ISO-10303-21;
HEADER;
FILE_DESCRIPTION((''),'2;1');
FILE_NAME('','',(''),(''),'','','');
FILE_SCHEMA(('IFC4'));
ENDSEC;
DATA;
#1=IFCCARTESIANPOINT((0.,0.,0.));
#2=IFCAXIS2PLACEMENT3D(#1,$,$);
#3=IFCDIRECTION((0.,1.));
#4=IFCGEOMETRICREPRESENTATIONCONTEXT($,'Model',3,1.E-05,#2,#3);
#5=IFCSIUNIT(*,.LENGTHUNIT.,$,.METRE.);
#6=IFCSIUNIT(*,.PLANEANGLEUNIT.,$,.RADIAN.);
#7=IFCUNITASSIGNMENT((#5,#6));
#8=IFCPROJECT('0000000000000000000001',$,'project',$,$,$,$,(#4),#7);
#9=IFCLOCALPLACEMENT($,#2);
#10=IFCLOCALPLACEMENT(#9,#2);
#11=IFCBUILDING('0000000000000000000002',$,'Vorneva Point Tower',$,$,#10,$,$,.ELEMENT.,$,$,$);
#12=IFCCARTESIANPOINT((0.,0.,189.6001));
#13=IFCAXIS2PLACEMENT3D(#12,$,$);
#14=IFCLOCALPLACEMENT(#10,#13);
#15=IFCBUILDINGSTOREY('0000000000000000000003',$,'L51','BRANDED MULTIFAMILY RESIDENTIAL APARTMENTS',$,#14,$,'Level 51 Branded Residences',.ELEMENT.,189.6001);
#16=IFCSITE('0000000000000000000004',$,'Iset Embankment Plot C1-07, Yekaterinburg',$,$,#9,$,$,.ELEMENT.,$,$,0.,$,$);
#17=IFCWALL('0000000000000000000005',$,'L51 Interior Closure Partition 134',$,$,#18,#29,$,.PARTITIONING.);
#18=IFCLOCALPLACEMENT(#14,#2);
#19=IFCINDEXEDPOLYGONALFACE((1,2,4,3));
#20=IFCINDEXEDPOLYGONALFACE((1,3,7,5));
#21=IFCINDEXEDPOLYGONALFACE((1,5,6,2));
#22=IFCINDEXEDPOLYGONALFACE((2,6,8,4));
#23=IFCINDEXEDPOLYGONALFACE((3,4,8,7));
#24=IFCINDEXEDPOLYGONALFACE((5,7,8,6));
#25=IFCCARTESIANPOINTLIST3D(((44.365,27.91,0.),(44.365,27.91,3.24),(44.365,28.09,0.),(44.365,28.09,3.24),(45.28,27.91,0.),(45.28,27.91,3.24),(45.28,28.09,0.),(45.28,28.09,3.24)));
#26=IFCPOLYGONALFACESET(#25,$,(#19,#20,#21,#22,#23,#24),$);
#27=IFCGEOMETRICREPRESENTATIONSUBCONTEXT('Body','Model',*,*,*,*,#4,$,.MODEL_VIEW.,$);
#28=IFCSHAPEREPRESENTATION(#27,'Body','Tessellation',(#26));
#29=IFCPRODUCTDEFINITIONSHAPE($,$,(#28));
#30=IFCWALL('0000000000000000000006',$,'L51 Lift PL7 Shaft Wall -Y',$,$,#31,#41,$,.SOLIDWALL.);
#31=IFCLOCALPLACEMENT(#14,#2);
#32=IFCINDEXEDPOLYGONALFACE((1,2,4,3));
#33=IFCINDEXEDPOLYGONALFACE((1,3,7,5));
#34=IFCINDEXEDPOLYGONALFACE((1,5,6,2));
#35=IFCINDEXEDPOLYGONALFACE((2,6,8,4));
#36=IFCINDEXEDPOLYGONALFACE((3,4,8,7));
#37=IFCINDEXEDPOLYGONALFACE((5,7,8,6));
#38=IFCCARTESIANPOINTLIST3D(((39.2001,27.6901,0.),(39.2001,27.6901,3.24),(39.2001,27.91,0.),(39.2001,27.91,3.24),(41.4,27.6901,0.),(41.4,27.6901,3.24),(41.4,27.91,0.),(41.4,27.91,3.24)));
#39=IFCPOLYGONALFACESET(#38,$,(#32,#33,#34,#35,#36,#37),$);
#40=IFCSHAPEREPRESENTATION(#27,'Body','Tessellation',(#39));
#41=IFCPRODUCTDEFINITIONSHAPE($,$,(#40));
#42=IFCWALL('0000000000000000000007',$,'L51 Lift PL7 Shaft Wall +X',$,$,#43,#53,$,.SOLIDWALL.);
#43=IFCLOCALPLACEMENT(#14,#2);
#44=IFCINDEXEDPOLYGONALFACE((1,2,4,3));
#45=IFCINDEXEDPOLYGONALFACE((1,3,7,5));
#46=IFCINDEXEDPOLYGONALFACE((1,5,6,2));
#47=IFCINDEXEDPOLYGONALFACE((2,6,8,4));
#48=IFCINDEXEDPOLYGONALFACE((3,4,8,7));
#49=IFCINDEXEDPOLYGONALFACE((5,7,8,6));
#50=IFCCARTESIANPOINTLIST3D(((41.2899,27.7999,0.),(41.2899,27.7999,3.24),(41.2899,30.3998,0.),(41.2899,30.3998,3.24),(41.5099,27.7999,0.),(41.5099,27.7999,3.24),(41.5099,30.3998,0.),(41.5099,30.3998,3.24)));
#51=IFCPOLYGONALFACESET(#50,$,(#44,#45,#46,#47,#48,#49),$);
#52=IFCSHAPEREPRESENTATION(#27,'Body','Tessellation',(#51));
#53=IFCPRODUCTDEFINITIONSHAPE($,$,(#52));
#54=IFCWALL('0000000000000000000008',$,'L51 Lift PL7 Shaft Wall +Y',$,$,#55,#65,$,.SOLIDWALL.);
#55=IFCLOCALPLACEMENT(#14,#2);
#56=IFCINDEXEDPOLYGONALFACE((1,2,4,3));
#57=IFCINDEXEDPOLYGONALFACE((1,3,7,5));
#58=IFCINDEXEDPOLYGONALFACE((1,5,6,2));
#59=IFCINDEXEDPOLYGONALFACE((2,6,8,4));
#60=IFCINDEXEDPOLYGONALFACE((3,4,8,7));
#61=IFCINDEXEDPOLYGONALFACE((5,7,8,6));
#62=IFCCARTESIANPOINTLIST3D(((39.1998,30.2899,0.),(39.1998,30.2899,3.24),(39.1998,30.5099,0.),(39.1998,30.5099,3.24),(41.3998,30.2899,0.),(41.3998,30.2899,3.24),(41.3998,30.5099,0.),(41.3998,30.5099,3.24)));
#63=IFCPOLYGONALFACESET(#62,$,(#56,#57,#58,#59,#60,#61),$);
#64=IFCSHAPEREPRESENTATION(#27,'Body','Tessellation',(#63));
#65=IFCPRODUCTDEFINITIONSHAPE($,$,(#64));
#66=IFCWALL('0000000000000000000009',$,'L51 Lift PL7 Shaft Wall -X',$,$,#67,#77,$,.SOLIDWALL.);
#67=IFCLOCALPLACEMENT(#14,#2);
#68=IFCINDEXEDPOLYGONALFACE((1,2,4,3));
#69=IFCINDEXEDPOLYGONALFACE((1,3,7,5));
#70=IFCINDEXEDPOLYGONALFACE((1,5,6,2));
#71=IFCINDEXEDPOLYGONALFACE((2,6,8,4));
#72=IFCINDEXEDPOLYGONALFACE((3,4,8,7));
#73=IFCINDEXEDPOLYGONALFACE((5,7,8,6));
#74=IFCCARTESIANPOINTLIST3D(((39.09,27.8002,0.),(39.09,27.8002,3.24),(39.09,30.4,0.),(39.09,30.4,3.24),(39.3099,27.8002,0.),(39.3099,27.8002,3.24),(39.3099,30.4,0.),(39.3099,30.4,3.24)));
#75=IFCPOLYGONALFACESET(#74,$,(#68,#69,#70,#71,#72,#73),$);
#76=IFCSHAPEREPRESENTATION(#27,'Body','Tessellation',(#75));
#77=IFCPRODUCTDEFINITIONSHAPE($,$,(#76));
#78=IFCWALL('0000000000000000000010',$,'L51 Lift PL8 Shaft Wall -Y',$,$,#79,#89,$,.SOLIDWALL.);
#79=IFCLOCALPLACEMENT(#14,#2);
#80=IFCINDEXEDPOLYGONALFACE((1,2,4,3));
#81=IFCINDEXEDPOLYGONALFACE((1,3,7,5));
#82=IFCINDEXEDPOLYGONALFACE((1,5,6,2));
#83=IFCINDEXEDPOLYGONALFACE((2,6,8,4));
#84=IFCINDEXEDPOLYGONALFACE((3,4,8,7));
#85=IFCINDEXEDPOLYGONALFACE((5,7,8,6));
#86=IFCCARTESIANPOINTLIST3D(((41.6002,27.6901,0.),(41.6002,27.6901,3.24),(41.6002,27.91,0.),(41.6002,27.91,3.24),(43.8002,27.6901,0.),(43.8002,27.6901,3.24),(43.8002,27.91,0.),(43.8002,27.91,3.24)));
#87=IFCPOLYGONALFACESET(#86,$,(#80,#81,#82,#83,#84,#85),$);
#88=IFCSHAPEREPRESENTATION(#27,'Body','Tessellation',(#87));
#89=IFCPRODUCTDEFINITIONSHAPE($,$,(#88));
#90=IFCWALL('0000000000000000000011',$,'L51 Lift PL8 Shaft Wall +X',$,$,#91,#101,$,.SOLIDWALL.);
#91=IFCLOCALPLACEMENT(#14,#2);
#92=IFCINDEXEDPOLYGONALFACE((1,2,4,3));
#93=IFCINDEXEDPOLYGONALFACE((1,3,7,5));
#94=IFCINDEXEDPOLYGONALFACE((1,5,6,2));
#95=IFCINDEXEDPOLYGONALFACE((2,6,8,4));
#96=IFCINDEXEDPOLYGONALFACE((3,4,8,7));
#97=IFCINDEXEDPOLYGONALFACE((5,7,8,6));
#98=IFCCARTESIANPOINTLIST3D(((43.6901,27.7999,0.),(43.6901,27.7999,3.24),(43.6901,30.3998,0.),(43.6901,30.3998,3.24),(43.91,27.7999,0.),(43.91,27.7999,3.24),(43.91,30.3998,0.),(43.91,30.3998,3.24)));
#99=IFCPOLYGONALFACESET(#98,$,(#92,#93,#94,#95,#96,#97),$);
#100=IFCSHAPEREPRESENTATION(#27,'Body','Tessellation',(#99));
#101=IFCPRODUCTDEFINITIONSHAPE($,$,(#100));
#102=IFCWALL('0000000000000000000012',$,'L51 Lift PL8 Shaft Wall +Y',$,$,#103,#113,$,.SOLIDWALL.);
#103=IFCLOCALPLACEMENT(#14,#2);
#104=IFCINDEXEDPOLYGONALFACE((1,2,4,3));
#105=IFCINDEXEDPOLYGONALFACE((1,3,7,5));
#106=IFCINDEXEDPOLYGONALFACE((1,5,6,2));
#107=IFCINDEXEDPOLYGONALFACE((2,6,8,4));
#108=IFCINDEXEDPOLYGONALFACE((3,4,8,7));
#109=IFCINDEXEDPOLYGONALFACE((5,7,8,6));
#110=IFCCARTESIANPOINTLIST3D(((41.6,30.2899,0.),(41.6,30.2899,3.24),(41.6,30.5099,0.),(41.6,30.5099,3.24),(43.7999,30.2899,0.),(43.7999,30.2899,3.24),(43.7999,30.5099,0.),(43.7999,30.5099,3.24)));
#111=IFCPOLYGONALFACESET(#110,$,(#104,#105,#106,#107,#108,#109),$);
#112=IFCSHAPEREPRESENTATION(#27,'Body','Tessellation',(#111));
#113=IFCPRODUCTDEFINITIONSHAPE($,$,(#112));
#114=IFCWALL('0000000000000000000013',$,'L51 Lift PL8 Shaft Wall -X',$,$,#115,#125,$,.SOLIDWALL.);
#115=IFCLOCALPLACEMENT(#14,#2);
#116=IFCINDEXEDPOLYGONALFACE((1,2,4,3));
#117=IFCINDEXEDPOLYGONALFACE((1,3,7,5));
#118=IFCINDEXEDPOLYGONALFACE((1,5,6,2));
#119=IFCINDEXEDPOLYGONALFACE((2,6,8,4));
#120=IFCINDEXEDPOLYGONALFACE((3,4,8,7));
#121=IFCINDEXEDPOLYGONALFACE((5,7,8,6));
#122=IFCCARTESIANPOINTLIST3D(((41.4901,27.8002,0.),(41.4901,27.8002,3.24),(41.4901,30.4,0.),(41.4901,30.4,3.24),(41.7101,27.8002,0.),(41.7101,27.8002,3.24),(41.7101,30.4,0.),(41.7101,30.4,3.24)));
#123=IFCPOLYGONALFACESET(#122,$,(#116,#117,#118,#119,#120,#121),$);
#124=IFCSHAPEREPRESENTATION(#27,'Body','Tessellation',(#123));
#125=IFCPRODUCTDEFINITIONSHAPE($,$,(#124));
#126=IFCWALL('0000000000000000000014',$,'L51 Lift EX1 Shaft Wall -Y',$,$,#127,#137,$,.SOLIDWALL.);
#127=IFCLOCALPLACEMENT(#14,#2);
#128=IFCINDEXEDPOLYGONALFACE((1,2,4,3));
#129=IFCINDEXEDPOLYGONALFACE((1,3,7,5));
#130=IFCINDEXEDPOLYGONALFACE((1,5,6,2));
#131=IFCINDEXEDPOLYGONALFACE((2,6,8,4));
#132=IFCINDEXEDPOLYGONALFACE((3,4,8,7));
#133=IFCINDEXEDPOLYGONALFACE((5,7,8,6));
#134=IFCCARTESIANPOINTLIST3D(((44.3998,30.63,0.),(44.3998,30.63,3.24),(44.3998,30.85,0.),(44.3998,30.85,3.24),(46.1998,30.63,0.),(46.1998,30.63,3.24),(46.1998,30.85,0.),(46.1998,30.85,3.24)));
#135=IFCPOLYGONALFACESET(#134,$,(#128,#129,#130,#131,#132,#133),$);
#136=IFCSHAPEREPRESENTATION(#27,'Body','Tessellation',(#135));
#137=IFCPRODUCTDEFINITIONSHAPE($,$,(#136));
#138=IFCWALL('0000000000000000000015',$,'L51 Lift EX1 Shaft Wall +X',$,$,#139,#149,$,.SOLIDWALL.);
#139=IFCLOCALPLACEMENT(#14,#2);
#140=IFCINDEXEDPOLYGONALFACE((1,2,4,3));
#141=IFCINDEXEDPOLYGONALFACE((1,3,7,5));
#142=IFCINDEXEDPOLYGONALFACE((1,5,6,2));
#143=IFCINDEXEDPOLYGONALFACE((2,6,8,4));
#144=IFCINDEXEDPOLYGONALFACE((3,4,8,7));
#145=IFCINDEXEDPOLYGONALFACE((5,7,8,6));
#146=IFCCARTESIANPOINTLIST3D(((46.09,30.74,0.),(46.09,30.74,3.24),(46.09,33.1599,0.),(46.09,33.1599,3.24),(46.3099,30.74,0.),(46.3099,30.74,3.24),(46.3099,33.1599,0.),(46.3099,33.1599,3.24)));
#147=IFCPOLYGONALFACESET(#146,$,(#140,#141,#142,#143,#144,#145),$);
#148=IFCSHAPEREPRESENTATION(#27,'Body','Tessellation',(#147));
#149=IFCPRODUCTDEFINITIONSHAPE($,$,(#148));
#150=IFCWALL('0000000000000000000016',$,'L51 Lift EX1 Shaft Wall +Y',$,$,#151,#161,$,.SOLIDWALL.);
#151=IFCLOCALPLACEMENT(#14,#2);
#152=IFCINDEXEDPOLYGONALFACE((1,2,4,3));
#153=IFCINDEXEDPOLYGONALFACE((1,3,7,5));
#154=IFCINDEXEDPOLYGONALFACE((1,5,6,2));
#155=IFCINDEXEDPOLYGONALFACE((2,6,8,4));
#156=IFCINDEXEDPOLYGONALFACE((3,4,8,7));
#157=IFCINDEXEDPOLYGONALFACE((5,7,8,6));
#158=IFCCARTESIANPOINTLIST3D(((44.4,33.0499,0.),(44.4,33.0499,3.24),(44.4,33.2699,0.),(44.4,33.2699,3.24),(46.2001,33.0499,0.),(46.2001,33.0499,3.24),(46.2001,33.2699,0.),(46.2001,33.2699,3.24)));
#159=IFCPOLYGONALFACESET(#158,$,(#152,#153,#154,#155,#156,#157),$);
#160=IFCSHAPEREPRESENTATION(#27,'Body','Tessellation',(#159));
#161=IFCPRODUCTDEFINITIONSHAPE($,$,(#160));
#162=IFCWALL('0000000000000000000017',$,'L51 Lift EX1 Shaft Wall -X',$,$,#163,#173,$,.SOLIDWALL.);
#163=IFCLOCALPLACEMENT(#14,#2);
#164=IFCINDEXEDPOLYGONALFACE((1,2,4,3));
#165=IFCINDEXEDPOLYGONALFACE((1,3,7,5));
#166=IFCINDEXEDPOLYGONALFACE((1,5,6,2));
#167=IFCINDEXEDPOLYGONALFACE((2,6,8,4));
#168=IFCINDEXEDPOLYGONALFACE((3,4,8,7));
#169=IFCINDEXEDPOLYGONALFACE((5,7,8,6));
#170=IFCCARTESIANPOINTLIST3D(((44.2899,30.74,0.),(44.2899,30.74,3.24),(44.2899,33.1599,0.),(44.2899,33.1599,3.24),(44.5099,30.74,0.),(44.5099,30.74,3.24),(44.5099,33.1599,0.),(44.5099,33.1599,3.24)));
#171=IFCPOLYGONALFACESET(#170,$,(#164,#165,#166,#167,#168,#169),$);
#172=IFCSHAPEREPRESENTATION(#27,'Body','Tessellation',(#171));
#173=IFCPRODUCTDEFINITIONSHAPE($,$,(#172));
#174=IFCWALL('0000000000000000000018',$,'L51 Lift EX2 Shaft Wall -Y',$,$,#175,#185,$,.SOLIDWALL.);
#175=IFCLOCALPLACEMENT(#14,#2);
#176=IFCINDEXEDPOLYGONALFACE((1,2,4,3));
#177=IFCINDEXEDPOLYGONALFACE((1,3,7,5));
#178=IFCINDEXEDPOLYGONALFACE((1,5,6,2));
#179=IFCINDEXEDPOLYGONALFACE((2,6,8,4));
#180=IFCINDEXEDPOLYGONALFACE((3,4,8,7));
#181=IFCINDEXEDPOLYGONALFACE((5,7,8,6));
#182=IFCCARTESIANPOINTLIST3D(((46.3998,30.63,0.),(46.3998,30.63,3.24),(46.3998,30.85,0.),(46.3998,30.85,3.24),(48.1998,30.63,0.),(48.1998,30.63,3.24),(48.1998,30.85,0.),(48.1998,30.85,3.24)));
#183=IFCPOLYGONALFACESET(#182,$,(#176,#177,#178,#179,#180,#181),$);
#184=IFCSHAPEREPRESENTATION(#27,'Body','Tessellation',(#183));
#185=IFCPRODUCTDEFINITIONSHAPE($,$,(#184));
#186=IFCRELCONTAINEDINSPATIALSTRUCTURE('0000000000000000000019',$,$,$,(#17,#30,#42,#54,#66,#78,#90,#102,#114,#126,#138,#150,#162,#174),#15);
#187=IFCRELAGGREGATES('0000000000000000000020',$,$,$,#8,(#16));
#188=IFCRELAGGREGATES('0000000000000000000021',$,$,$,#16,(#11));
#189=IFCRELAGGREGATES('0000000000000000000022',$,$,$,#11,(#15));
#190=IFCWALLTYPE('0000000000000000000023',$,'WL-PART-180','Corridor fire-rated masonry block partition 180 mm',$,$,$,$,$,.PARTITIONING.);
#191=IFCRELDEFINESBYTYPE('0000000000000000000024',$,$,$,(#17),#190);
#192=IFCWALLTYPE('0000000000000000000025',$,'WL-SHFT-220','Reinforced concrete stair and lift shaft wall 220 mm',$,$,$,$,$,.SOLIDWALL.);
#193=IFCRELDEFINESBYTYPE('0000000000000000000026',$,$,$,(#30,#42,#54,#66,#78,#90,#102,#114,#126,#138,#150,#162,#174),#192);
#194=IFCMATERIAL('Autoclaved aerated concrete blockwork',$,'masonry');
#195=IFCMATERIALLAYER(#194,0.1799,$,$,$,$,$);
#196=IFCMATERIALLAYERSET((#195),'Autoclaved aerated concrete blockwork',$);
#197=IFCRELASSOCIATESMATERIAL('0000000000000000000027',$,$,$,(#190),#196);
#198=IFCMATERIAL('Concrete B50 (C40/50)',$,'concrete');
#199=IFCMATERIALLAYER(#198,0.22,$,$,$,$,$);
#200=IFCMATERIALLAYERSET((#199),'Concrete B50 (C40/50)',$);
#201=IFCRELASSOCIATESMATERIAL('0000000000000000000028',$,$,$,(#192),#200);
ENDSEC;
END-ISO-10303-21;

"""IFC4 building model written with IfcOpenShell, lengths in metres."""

from ifc_helpers import new_model, si_unit, direction, frame, frame_2d, origin, place, context, subcontext, project, spatial, rectangle, extrude, material, layer, layer_set, type_object, element, save


model = new_model("IFC4")

# Units and contexts
model_context = context("Model", 3, precision=1e-05, world=origin(), true_north=direction((0.0, 1.0)))
body_context = subcontext(model_context, "Body", "Model", "MODEL_VIEW")
ifc_project = project(units=[si_unit("LENGTHUNIT", "METRE"), si_unit("PLANEANGLEUNIT", "RADIAN")], contexts=[model_context])

# Site, building, storey
site_placement = place(None, origin())
site = spatial("IfcSite", under=ifc_project, at=site_placement, Name="Iset Embankment Plot C1-07, Yekaterinburg", CompositionType="ELEMENT", RefElevation=0.0)
building_placement = place(site_placement, origin())
building = spatial("IfcBuilding", under=site, at=building_placement, Name="Vorneva Point Tower", CompositionType="ELEMENT")
storey_placement = place(building_placement, frame((0.0, 0.0, 189.6001)))
storey = spatial("IfcBuildingStorey", under=building, at=storey_placement, Name="L51", Description="BRANDED MULTIFAMILY RESIDENTIAL APARTMENTS", LongName="Level 51 Branded Residences", CompositionType="ELEMENT", Elevation=189.6001)

# Shared definitions
ifc_material_1 = material(Name="Concrete B50 (C40/50)", Category="concrete")

# Shared definitions
ifc_material_2 = material(Name="Autoclaved aerated concrete blockwork", Category="masonry")
ifc_layer_1 = layer(ifc_material_2, 0.1799)
ifc_layer_set_1 = layer_set([ifc_layer_1], Name="Autoclaved aerated concrete blockwork")
wall_type_1 = type_object("IfcWallType", Name="WL-PART-180", Description="Corridor fire-rated masonry block partition 180 mm", PredefinedType="PARTITIONING", material=ifc_layer_set_1)

# Walls
wall_1_placement = place(storey_placement, frame((45.28, 28.0, 0.0), z_axis=(0.0, 0.0, 1.0), x_axis=(-1.0, 0.0, 0.0)))
element("IfcWall", 1, at=wall_1_placement, inside=storey, type_object=wall_type_1, Name="L51 Interior Closure Partition 134", PredefinedType="PARTITIONING", context=body_context, shape_type="SweptSolid", body=[
    extrude(rectangle(XDim=0.915, YDim=0.1799, at=frame_2d((0.4575, 0.0))), origin(), (0.0, 0.0, 1.0), 3.24),
])
ifc_layer_2 = layer(ifc_material_1, 0.22)
ifc_layer_set_2 = layer_set([ifc_layer_2], Name="Concrete B50 (C40/50)")
wall_type_2 = type_object("IfcWallType", Name="WL-SHFT-220", Description="Reinforced concrete stair and lift shaft wall 220 mm", PredefinedType="SOLIDWALL", material=ifc_layer_set_2)
wall_2_placement = place(storey_placement, frame((39.2, 27.8, 0.0), z_axis=(0.0, 0.0, 1.0), x_axis=(1.0, 0.0, 0.0)))
element("IfcWall", 2, at=wall_2_placement, inside=storey, type_object=wall_type_2, Name="L51 Lift PL7 Shaft Wall -Y", PredefinedType="SOLIDWALL", context=body_context, shape_type="SweptSolid", body=[
    extrude(rectangle(XDim=2.2, YDim=0.22, at=frame_2d((1.1001, 0.0))), origin(), (0.0, 0.0, 1.0), 3.24),
])
wall_3_placement = place(storey_placement, frame((41.3999, 27.8, 0.0), z_axis=(0.0, 0.0, 1.0), x_axis=(0.0, 1.0, 0.0)))
element("IfcWall", 3, at=wall_3_placement, inside=storey, type_object=wall_type_2, Name="L51 Lift PL7 Shaft Wall +X", PredefinedType="SOLIDWALL", context=body_context, shape_type="SweptSolid", body=[
    extrude(rectangle(XDim=2.5999, YDim=0.22, at=frame_2d((1.2998, 0.0))), origin(), (0.0, 0.0, 1.0), 3.24),
])
wall_4_placement = place(storey_placement, frame((41.3999, 30.3999, 0.0), z_axis=(0.0, 0.0, 1.0), x_axis=(-1.0, 0.0, 0.0)))
element("IfcWall", 4, at=wall_4_placement, inside=storey, type_object=wall_type_2, Name="L51 Lift PL7 Shaft Wall +Y", PredefinedType="SOLIDWALL", context=body_context, shape_type="SweptSolid", body=[
    extrude(rectangle(XDim=2.2, YDim=0.22, at=frame_2d((1.1001, 0.0))), origin(), (0.0, 0.0, 1.0), 3.24),
])
wall_5_placement = place(storey_placement, frame((39.2, 30.3999, 0.0), z_axis=(0.0, 0.0, 1.0), x_axis=(0.0, -1.0, 0.0)))
element("IfcWall", 5, at=wall_5_placement, inside=storey, type_object=wall_type_2, Name="L51 Lift PL7 Shaft Wall -X", PredefinedType="SOLIDWALL", context=body_context, shape_type="SweptSolid", body=[
    extrude(rectangle(XDim=2.5999, YDim=0.22, at=frame_2d((1.2998, 0.0))), origin(), (0.0, 0.0, 1.0), 3.24),
])
wall_6_placement = place(storey_placement, frame((41.6001, 27.8, 0.0), z_axis=(0.0, 0.0, 1.0), x_axis=(1.0, 0.0, 0.0)))
element("IfcWall", 6, at=wall_6_placement, inside=storey, type_object=wall_type_2, Name="L51 Lift PL8 Shaft Wall -Y", PredefinedType="SOLIDWALL", context=body_context, shape_type="SweptSolid", body=[
    extrude(rectangle(XDim=2.2, YDim=0.22, at=frame_2d((1.1001, 0.0))), origin(), (0.0, 0.0, 1.0), 3.24),
])
wall_7_placement = place(storey_placement, frame((43.8, 27.8, 0.0), z_axis=(0.0, 0.0, 1.0), x_axis=(0.0, 1.0, 0.0)))
element("IfcWall", 7, at=wall_7_placement, inside=storey, type_object=wall_type_2, Name="L51 Lift PL8 Shaft Wall +X", PredefinedType="SOLIDWALL", context=body_context, shape_type="SweptSolid", body=[
    extrude(rectangle(XDim=2.5999, YDim=0.22, at=frame_2d((1.2998, 0.0))), origin(), (0.0, 0.0, 1.0), 3.24),
])
wall_8_placement = place(storey_placement, frame((43.8, 30.3999, 0.0), z_axis=(0.0, 0.0, 1.0), x_axis=(-1.0, 0.0, 0.0)))
element("IfcWall", 8, at=wall_8_placement, inside=storey, type_object=wall_type_2, Name="L51 Lift PL8 Shaft Wall +Y", PredefinedType="SOLIDWALL", context=body_context, shape_type="SweptSolid", body=[
    extrude(rectangle(XDim=2.2, YDim=0.22, at=frame_2d((1.1001, 0.0))), origin(), (0.0, 0.0, 1.0), 3.24),
])
wall_9_placement = place(storey_placement, frame((41.6001, 30.3999, 0.0), z_axis=(0.0, 0.0, 1.0), x_axis=(0.0, -1.0, 0.0)))
element("IfcWall", 9, at=wall_9_placement, inside=storey, type_object=wall_type_2, Name="L51 Lift PL8 Shaft Wall -X", PredefinedType="SOLIDWALL", context=body_context, shape_type="SweptSolid", body=[
    extrude(rectangle(XDim=2.5999, YDim=0.22, at=frame_2d((1.2998, 0.0))), origin(), (0.0, 0.0, 1.0), 3.24),
])
wall_10_placement = place(storey_placement, frame((44.3999, 30.74, 0.0), z_axis=(0.0, 0.0, 1.0), x_axis=(1.0, 0.0, 0.0)))
element("IfcWall", 10, at=wall_10_placement, inside=storey, type_object=wall_type_2, Name="L51 Lift EX1 Shaft Wall -Y", PredefinedType="SOLIDWALL", context=body_context, shape_type="SweptSolid", body=[
    extrude(rectangle(XDim=1.8, YDim=0.22, at=frame_2d((0.8999, 0.0))), origin(), (0.0, 0.0, 1.0), 3.24),
])
wall_11_placement = place(storey_placement, frame((46.2, 30.74, 0.0), z_axis=(0.0, 0.0, 1.0), x_axis=(0.0, 1.0, 0.0)))
element("IfcWall", 11, at=wall_11_placement, inside=storey, type_object=wall_type_2, Name="L51 Lift EX1 Shaft Wall +X", PredefinedType="SOLIDWALL", context=body_context, shape_type="SweptSolid", body=[
    extrude(rectangle(XDim=2.4199, YDim=0.22, at=frame_2d((1.21, 0.0))), origin(), (0.0, 0.0, 1.0), 3.24),
])
wall_12_placement = place(storey_placement, frame((46.2, 33.1599, 0.0), z_axis=(0.0, 0.0, 1.0), x_axis=(-1.0, 0.0, 0.0)))
element("IfcWall", 12, at=wall_12_placement, inside=storey, type_object=wall_type_2, Name="L51 Lift EX1 Shaft Wall +Y", PredefinedType="SOLIDWALL", context=body_context, shape_type="SweptSolid", body=[
    extrude(rectangle(XDim=1.8, YDim=0.22, at=frame_2d((0.8999, 0.0))), origin(), (0.0, 0.0, 1.0), 3.24),
])
wall_13_placement = place(storey_placement, frame((44.3999, 33.1599, 0.0), z_axis=(0.0, 0.0, 1.0), x_axis=(0.0, -1.0, 0.0)))
element("IfcWall", 13, at=wall_13_placement, inside=storey, type_object=wall_type_2, Name="L51 Lift EX1 Shaft Wall -X", PredefinedType="SOLIDWALL", context=body_context, shape_type="SweptSolid", body=[
    extrude(rectangle(XDim=2.4199, YDim=0.22, at=frame_2d((1.21, 0.0))), origin(), (0.0, 0.0, 1.0), 3.24),
])
wall_14_placement = place(storey_placement, frame((46.3999, 30.74, 0.0), z_axis=(0.0, 0.0, 1.0), x_axis=(1.0, 0.0, 0.0)))
element("IfcWall", 14, at=wall_14_placement, inside=storey, type_object=wall_type_2, Name="L51 Lift EX2 Shaft Wall -Y", PredefinedType="SOLIDWALL", context=body_context, shape_type="SweptSolid", body=[
    extrude(rectangle(XDim=1.8, YDim=0.22, at=frame_2d((0.8999, 0.0))), origin(), (0.0, 0.0, 1.0), 3.24),
])

save(model, "model.ifc")
